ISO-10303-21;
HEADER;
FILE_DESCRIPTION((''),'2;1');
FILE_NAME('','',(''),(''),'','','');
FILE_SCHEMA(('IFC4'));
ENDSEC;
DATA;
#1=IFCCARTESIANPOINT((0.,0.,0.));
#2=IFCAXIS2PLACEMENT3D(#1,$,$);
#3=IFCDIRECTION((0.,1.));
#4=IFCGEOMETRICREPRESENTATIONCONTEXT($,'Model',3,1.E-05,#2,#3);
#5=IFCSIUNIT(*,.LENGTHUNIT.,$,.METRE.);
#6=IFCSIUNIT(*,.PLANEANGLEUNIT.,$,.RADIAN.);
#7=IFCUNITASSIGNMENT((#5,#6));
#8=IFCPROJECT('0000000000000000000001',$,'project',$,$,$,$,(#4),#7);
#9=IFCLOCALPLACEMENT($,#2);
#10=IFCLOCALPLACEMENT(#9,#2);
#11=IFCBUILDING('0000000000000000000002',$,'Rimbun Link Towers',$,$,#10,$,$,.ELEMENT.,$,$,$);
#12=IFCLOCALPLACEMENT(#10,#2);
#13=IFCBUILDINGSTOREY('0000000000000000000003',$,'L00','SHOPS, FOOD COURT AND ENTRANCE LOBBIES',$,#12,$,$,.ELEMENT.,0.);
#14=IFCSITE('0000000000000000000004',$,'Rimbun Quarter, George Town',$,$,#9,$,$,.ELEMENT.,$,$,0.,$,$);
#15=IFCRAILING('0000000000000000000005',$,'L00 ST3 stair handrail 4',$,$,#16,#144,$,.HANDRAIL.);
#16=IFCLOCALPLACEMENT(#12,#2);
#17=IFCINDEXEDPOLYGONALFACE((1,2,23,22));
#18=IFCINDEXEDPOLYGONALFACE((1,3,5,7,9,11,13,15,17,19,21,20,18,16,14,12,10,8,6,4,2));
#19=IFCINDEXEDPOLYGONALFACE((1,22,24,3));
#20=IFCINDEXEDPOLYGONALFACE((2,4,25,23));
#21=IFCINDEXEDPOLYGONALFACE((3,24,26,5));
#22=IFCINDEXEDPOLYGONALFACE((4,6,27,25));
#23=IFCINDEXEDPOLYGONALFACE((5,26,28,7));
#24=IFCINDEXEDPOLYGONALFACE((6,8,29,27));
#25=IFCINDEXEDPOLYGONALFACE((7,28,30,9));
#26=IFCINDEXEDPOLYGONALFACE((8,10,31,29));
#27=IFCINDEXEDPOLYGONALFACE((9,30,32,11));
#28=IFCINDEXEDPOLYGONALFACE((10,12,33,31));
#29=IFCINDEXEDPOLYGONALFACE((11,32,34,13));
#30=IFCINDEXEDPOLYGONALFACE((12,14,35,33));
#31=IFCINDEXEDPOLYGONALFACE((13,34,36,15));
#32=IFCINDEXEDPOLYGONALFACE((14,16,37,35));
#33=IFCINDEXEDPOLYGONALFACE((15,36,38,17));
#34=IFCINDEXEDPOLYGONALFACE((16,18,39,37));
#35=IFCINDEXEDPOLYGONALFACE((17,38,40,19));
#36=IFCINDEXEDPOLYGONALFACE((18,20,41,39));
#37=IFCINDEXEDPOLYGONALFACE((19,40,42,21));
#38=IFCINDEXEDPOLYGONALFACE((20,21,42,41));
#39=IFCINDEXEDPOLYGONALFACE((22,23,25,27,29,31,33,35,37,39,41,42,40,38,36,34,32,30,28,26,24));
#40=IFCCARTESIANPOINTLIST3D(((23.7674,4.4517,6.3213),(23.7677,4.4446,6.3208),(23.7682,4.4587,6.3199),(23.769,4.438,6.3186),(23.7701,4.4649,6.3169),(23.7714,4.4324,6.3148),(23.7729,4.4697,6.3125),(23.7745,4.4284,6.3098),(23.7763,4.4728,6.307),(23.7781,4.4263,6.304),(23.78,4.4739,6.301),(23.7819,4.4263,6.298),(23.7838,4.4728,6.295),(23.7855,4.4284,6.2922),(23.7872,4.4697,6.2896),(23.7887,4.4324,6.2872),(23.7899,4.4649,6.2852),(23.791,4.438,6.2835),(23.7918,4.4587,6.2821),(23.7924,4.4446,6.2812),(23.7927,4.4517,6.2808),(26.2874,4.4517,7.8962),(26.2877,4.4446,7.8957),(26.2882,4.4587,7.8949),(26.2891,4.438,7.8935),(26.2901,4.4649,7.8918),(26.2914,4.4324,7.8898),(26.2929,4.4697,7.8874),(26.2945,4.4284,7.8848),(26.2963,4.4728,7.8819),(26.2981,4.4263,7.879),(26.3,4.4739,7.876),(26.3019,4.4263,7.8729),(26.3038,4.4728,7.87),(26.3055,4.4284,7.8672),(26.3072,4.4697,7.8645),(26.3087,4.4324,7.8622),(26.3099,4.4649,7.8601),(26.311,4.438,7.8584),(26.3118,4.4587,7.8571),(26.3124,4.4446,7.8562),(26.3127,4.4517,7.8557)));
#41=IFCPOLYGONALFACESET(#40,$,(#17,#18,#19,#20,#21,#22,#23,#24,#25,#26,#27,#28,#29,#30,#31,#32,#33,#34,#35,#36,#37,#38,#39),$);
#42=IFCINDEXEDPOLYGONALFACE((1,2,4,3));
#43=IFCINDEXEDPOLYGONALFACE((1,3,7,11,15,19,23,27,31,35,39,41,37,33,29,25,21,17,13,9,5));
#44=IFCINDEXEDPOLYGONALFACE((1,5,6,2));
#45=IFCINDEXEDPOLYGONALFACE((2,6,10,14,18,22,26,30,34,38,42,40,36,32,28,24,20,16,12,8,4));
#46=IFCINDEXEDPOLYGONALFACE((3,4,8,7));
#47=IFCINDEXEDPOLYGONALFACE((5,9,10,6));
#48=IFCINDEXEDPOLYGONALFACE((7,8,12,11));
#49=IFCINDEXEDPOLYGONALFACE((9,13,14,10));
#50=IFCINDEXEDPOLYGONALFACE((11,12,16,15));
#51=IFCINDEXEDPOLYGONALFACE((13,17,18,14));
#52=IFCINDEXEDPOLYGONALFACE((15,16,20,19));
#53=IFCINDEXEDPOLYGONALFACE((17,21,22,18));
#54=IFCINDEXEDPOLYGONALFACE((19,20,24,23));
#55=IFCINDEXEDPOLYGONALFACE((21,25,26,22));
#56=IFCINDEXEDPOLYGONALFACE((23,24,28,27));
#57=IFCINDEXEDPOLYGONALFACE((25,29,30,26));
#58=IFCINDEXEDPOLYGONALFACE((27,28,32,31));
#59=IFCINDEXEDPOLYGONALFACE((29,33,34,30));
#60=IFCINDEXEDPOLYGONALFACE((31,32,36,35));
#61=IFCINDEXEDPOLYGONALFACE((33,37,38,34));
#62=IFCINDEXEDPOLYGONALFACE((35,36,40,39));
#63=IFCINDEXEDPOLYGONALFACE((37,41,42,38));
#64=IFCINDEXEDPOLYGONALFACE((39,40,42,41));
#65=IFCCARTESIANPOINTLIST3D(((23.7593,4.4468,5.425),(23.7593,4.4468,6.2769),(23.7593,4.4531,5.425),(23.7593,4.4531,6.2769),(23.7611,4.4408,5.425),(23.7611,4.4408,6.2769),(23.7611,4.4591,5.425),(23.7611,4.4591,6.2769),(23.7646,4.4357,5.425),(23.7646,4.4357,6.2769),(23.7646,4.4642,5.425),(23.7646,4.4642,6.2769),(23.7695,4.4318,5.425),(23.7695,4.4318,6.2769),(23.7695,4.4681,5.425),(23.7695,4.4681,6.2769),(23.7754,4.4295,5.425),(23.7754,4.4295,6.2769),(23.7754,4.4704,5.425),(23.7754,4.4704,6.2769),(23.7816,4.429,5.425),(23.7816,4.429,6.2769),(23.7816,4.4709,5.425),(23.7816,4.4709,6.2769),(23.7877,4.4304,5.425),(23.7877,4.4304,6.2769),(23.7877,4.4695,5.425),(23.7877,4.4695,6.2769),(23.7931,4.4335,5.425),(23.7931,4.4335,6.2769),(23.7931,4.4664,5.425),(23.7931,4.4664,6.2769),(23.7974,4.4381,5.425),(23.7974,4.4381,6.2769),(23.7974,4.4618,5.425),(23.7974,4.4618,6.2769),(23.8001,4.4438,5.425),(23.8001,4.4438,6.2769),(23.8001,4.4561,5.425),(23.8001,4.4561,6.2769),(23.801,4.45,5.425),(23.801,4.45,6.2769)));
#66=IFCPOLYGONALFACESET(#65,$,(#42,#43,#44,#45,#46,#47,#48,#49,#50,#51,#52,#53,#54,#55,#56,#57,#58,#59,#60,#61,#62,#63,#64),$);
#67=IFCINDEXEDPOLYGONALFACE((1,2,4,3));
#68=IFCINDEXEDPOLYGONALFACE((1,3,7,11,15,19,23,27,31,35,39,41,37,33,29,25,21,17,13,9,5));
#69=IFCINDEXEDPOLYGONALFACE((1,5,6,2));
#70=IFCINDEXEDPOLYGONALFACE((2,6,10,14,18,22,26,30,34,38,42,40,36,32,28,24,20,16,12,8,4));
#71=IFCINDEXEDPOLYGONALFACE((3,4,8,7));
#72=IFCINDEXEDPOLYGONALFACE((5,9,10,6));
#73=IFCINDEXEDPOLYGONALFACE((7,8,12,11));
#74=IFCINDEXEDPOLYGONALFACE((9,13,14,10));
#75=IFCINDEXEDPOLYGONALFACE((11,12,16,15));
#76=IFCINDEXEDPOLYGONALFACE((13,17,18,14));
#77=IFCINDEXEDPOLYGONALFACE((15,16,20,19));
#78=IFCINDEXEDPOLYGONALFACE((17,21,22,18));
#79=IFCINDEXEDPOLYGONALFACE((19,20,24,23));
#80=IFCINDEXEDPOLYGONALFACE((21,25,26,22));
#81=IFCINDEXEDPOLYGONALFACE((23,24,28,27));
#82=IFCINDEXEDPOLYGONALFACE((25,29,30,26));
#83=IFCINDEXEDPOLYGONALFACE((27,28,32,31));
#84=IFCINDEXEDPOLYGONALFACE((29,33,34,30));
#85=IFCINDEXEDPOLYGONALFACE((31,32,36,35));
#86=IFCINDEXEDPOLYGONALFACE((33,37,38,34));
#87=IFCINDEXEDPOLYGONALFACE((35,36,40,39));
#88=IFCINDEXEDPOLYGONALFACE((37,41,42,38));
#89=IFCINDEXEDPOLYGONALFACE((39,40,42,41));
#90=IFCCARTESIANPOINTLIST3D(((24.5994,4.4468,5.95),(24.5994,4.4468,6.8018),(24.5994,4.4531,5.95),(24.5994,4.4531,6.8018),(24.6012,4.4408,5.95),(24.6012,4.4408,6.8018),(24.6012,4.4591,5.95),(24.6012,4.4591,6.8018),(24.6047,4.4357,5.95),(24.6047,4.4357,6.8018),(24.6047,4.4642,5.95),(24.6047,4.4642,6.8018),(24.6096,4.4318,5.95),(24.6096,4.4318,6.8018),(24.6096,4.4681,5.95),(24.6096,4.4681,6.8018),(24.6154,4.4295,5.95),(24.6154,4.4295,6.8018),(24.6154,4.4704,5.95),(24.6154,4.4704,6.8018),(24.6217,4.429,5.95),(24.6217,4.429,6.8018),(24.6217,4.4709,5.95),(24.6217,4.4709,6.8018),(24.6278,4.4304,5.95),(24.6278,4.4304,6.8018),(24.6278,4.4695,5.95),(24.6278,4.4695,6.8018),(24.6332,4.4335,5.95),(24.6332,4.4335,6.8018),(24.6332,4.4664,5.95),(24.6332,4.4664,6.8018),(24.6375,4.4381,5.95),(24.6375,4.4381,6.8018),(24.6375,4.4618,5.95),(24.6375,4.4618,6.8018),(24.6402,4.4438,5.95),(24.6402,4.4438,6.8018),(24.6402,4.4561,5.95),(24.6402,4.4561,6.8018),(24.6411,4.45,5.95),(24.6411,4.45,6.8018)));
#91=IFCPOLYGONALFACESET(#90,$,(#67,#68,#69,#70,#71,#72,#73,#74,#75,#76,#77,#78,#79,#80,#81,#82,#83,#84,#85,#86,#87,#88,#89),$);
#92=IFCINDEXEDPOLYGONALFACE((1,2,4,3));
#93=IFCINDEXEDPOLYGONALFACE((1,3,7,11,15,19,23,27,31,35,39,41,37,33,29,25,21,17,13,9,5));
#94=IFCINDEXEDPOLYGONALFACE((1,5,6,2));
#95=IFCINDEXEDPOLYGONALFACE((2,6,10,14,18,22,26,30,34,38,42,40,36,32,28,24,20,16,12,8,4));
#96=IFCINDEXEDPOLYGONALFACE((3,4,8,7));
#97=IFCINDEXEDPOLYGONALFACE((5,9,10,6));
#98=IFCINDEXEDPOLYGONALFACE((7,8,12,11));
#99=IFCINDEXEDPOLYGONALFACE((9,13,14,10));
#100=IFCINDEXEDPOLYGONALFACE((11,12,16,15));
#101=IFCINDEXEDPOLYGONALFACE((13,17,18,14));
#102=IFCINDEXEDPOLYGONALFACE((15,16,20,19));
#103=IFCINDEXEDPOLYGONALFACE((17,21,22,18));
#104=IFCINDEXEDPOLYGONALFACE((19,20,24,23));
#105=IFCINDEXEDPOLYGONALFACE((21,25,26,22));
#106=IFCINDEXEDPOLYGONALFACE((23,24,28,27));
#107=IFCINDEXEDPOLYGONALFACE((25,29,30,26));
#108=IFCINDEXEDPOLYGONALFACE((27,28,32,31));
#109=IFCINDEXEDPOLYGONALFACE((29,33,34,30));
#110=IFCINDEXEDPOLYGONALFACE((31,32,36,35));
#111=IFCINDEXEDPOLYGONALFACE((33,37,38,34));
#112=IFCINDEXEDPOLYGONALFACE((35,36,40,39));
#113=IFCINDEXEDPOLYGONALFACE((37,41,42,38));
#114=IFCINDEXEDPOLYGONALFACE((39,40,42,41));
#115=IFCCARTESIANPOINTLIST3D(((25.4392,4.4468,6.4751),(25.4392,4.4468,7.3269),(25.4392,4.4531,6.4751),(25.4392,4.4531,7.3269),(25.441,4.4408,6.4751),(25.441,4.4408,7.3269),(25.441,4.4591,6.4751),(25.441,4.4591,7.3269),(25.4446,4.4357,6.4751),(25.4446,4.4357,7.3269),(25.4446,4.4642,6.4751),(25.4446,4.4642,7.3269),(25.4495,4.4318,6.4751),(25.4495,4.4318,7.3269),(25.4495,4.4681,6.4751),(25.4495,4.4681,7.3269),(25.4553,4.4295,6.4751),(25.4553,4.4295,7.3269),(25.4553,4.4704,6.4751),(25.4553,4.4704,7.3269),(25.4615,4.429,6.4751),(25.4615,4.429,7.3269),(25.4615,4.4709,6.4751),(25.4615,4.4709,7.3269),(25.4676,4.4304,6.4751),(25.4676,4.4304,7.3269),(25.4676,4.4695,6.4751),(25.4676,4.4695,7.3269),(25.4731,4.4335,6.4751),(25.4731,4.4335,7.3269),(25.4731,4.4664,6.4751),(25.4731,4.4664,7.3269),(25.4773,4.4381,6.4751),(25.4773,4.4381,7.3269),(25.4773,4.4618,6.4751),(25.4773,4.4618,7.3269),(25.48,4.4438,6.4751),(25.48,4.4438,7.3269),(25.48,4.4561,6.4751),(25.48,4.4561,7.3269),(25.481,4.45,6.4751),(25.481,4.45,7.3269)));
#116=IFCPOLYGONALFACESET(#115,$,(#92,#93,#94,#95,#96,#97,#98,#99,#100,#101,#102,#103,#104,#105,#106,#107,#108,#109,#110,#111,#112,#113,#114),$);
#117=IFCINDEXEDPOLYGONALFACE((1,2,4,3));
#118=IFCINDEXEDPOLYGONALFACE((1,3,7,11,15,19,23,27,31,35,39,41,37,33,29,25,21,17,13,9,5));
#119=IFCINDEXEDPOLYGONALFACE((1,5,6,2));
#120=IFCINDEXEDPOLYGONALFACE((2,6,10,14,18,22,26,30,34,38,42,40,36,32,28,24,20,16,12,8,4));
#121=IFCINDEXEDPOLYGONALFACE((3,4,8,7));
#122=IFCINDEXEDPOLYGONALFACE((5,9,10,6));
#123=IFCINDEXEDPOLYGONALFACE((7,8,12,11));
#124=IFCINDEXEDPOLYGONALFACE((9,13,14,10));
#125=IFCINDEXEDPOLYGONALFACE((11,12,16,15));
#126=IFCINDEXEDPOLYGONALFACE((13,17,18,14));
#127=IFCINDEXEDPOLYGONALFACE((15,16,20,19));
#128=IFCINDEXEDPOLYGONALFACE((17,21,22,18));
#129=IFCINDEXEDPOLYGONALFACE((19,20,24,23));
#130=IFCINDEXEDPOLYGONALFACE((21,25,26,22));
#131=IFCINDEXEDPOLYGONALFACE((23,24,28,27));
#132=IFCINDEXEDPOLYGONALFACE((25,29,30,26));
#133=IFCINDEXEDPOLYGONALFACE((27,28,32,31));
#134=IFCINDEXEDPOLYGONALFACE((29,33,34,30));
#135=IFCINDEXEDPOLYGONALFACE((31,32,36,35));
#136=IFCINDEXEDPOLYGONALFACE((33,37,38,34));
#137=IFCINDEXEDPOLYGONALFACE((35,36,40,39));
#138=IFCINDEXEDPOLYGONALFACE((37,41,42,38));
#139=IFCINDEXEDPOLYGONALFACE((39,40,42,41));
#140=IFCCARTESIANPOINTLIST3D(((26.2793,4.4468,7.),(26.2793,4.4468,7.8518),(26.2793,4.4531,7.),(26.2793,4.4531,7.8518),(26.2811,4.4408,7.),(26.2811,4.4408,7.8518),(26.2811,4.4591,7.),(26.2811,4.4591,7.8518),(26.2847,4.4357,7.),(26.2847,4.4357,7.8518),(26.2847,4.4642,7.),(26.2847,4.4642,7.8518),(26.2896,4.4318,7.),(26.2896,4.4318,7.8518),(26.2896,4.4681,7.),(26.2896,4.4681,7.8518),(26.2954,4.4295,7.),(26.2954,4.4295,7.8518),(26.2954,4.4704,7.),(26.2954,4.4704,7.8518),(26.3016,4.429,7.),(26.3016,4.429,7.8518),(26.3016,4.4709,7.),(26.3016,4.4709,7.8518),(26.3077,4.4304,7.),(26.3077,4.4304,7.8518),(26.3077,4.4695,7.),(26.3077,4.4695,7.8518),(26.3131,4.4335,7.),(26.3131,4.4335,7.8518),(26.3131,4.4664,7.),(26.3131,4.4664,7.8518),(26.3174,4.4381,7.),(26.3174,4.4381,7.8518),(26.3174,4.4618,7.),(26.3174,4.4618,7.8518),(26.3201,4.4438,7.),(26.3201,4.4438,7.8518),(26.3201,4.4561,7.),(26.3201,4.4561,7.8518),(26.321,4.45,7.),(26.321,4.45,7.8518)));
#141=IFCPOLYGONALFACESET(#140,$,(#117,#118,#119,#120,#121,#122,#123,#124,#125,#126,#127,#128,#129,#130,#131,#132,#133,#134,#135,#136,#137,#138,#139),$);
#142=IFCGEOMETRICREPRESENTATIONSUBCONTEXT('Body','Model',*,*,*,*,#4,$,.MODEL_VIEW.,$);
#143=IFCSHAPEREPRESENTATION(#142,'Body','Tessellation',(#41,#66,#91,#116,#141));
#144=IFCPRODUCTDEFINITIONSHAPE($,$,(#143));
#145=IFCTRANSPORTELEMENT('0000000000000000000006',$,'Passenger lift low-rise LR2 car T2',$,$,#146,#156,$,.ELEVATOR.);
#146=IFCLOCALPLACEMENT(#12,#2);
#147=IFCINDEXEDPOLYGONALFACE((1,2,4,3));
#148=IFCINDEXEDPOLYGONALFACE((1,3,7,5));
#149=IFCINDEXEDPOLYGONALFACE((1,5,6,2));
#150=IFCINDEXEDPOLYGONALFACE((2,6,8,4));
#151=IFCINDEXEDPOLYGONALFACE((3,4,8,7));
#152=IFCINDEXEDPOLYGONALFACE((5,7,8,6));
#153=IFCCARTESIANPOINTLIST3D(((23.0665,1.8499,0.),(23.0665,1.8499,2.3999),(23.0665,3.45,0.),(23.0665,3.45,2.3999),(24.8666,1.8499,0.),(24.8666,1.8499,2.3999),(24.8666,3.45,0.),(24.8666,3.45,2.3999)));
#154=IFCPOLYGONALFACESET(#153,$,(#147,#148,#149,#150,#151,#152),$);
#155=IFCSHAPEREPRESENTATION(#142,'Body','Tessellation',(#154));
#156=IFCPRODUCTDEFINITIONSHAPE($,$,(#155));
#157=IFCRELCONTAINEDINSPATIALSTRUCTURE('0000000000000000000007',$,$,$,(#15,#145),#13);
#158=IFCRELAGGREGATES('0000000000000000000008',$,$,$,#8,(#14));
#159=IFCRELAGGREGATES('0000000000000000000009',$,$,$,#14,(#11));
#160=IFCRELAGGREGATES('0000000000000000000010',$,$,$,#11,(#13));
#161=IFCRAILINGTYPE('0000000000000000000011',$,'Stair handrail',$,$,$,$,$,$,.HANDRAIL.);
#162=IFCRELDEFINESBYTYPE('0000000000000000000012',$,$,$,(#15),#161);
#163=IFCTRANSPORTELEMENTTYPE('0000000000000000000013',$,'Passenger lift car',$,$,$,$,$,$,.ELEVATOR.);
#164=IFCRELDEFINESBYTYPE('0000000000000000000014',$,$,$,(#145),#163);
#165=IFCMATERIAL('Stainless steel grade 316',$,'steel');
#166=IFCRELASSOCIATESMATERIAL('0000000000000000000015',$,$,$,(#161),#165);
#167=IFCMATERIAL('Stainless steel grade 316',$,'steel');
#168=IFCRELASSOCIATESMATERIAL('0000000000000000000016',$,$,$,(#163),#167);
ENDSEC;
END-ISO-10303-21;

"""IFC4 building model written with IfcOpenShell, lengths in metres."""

from ifc_helpers import new_model, si_unit, direction, frame, origin, origin_2d, place, context, subcontext, project, spatial, rectangle, circle, extrude, material, type_object, element, save


model = new_model("IFC4")

# Units and contexts
model_context = context("Model", 3, precision=1e-05, world=origin(), true_north=direction((0.0, 1.0)))
body_context = subcontext(model_context, "Body", "Model", "MODEL_VIEW")
ifc_project = project(units=[si_unit("LENGTHUNIT", "METRE"), si_unit("PLANEANGLEUNIT", "RADIAN")], contexts=[model_context])

# Site, building, storey
site_placement = place(None, origin())
site = spatial("IfcSite", under=ifc_project, at=site_placement, Name="Rimbun Quarter, George Town", CompositionType="ELEMENT", RefElevation=0.0)
building_placement = place(site_placement, origin())
building = spatial("IfcBuilding", under=site, at=building_placement, Name="Rimbun Link Towers", CompositionType="ELEMENT")
storey_placement = place(building_placement, origin())
storey = spatial("IfcBuildingStorey", under=building, at=storey_placement, Name="L00", Description="SHOPS, FOOD COURT AND ENTRANCE LOBBIES", CompositionType="ELEMENT", Elevation=0.0)

# Railing
ifc_material_1 = material(Name="Stainless steel grade 316", Category="steel")
railing_type_1 = type_object("IfcRailingType", Name="Stair handrail", PredefinedType="HANDRAIL", material=ifc_material_1)
for number, where, name in (
    (1, (23.78, 4.45, 5.425), "L00 ST3 stair handrail 4"),
):
    element("IfcRailing", number, at=place(storey_placement, frame(where)), inside=storey, type_object=railing_type_1, Name=name, PredefinedType="HANDRAIL", context=body_context, shape_type="SweptSolid", body=[
        extrude(circle(Radius=0.0239, at=origin_2d()), frame((0.0, 0.0, 0.876), z_axis=(0.848008, 0.0, 0.529984), x_axis=(0.0, 1.0, 0.0)), (0.0, 0.0, 1.0), 2.9717),
        extrude(circle(Radius=0.021, at=origin_2d()), origin(), (0.0, 0.0, 1.0), 0.8518),
        extrude(circle(Radius=0.021, at=origin_2d()), frame((0.8401, 0.0, 0.5249)), (0.0, 0.0, 1.0), 0.8518),
        extrude(circle(Radius=0.021, at=origin_2d()), frame((1.6799, 0.0, 1.05)), (0.0, 0.0, 1.0), 0.8518),
        extrude(circle(Radius=0.021, at=origin_2d()), frame((2.52, 0.0, 1.575)), (0.0, 0.0, 1.0), 0.8518),
    ])

# Transport element
ifc_material_2 = material(Name="Stainless steel grade 316", Category="steel")
transport_element_type = type_object("IfcTransportElementType", Name="Passenger lift car", PredefinedType="ELEVATOR", material=ifc_material_2)
transport_element_placement = place(storey_placement, frame((23.9666, 2.6499, 0.0), z_axis=(0.0, 0.0, 1.0), x_axis=(1.0, 0.0, 0.0)))
element("IfcTransportElement", 2, at=transport_element_placement, inside=storey, type_object=transport_element_type, Name="Passenger lift low-rise LR2 car T2", PredefinedType="ELEVATOR", context=body_context, shape_type="SweptSolid", body=[
    extrude(rectangle(XDim=1.8, YDim=1.6001, at=origin_2d()), origin(), (0.0, 0.0, 1.0), 2.3999),
])

save(model, "model.ifc")
